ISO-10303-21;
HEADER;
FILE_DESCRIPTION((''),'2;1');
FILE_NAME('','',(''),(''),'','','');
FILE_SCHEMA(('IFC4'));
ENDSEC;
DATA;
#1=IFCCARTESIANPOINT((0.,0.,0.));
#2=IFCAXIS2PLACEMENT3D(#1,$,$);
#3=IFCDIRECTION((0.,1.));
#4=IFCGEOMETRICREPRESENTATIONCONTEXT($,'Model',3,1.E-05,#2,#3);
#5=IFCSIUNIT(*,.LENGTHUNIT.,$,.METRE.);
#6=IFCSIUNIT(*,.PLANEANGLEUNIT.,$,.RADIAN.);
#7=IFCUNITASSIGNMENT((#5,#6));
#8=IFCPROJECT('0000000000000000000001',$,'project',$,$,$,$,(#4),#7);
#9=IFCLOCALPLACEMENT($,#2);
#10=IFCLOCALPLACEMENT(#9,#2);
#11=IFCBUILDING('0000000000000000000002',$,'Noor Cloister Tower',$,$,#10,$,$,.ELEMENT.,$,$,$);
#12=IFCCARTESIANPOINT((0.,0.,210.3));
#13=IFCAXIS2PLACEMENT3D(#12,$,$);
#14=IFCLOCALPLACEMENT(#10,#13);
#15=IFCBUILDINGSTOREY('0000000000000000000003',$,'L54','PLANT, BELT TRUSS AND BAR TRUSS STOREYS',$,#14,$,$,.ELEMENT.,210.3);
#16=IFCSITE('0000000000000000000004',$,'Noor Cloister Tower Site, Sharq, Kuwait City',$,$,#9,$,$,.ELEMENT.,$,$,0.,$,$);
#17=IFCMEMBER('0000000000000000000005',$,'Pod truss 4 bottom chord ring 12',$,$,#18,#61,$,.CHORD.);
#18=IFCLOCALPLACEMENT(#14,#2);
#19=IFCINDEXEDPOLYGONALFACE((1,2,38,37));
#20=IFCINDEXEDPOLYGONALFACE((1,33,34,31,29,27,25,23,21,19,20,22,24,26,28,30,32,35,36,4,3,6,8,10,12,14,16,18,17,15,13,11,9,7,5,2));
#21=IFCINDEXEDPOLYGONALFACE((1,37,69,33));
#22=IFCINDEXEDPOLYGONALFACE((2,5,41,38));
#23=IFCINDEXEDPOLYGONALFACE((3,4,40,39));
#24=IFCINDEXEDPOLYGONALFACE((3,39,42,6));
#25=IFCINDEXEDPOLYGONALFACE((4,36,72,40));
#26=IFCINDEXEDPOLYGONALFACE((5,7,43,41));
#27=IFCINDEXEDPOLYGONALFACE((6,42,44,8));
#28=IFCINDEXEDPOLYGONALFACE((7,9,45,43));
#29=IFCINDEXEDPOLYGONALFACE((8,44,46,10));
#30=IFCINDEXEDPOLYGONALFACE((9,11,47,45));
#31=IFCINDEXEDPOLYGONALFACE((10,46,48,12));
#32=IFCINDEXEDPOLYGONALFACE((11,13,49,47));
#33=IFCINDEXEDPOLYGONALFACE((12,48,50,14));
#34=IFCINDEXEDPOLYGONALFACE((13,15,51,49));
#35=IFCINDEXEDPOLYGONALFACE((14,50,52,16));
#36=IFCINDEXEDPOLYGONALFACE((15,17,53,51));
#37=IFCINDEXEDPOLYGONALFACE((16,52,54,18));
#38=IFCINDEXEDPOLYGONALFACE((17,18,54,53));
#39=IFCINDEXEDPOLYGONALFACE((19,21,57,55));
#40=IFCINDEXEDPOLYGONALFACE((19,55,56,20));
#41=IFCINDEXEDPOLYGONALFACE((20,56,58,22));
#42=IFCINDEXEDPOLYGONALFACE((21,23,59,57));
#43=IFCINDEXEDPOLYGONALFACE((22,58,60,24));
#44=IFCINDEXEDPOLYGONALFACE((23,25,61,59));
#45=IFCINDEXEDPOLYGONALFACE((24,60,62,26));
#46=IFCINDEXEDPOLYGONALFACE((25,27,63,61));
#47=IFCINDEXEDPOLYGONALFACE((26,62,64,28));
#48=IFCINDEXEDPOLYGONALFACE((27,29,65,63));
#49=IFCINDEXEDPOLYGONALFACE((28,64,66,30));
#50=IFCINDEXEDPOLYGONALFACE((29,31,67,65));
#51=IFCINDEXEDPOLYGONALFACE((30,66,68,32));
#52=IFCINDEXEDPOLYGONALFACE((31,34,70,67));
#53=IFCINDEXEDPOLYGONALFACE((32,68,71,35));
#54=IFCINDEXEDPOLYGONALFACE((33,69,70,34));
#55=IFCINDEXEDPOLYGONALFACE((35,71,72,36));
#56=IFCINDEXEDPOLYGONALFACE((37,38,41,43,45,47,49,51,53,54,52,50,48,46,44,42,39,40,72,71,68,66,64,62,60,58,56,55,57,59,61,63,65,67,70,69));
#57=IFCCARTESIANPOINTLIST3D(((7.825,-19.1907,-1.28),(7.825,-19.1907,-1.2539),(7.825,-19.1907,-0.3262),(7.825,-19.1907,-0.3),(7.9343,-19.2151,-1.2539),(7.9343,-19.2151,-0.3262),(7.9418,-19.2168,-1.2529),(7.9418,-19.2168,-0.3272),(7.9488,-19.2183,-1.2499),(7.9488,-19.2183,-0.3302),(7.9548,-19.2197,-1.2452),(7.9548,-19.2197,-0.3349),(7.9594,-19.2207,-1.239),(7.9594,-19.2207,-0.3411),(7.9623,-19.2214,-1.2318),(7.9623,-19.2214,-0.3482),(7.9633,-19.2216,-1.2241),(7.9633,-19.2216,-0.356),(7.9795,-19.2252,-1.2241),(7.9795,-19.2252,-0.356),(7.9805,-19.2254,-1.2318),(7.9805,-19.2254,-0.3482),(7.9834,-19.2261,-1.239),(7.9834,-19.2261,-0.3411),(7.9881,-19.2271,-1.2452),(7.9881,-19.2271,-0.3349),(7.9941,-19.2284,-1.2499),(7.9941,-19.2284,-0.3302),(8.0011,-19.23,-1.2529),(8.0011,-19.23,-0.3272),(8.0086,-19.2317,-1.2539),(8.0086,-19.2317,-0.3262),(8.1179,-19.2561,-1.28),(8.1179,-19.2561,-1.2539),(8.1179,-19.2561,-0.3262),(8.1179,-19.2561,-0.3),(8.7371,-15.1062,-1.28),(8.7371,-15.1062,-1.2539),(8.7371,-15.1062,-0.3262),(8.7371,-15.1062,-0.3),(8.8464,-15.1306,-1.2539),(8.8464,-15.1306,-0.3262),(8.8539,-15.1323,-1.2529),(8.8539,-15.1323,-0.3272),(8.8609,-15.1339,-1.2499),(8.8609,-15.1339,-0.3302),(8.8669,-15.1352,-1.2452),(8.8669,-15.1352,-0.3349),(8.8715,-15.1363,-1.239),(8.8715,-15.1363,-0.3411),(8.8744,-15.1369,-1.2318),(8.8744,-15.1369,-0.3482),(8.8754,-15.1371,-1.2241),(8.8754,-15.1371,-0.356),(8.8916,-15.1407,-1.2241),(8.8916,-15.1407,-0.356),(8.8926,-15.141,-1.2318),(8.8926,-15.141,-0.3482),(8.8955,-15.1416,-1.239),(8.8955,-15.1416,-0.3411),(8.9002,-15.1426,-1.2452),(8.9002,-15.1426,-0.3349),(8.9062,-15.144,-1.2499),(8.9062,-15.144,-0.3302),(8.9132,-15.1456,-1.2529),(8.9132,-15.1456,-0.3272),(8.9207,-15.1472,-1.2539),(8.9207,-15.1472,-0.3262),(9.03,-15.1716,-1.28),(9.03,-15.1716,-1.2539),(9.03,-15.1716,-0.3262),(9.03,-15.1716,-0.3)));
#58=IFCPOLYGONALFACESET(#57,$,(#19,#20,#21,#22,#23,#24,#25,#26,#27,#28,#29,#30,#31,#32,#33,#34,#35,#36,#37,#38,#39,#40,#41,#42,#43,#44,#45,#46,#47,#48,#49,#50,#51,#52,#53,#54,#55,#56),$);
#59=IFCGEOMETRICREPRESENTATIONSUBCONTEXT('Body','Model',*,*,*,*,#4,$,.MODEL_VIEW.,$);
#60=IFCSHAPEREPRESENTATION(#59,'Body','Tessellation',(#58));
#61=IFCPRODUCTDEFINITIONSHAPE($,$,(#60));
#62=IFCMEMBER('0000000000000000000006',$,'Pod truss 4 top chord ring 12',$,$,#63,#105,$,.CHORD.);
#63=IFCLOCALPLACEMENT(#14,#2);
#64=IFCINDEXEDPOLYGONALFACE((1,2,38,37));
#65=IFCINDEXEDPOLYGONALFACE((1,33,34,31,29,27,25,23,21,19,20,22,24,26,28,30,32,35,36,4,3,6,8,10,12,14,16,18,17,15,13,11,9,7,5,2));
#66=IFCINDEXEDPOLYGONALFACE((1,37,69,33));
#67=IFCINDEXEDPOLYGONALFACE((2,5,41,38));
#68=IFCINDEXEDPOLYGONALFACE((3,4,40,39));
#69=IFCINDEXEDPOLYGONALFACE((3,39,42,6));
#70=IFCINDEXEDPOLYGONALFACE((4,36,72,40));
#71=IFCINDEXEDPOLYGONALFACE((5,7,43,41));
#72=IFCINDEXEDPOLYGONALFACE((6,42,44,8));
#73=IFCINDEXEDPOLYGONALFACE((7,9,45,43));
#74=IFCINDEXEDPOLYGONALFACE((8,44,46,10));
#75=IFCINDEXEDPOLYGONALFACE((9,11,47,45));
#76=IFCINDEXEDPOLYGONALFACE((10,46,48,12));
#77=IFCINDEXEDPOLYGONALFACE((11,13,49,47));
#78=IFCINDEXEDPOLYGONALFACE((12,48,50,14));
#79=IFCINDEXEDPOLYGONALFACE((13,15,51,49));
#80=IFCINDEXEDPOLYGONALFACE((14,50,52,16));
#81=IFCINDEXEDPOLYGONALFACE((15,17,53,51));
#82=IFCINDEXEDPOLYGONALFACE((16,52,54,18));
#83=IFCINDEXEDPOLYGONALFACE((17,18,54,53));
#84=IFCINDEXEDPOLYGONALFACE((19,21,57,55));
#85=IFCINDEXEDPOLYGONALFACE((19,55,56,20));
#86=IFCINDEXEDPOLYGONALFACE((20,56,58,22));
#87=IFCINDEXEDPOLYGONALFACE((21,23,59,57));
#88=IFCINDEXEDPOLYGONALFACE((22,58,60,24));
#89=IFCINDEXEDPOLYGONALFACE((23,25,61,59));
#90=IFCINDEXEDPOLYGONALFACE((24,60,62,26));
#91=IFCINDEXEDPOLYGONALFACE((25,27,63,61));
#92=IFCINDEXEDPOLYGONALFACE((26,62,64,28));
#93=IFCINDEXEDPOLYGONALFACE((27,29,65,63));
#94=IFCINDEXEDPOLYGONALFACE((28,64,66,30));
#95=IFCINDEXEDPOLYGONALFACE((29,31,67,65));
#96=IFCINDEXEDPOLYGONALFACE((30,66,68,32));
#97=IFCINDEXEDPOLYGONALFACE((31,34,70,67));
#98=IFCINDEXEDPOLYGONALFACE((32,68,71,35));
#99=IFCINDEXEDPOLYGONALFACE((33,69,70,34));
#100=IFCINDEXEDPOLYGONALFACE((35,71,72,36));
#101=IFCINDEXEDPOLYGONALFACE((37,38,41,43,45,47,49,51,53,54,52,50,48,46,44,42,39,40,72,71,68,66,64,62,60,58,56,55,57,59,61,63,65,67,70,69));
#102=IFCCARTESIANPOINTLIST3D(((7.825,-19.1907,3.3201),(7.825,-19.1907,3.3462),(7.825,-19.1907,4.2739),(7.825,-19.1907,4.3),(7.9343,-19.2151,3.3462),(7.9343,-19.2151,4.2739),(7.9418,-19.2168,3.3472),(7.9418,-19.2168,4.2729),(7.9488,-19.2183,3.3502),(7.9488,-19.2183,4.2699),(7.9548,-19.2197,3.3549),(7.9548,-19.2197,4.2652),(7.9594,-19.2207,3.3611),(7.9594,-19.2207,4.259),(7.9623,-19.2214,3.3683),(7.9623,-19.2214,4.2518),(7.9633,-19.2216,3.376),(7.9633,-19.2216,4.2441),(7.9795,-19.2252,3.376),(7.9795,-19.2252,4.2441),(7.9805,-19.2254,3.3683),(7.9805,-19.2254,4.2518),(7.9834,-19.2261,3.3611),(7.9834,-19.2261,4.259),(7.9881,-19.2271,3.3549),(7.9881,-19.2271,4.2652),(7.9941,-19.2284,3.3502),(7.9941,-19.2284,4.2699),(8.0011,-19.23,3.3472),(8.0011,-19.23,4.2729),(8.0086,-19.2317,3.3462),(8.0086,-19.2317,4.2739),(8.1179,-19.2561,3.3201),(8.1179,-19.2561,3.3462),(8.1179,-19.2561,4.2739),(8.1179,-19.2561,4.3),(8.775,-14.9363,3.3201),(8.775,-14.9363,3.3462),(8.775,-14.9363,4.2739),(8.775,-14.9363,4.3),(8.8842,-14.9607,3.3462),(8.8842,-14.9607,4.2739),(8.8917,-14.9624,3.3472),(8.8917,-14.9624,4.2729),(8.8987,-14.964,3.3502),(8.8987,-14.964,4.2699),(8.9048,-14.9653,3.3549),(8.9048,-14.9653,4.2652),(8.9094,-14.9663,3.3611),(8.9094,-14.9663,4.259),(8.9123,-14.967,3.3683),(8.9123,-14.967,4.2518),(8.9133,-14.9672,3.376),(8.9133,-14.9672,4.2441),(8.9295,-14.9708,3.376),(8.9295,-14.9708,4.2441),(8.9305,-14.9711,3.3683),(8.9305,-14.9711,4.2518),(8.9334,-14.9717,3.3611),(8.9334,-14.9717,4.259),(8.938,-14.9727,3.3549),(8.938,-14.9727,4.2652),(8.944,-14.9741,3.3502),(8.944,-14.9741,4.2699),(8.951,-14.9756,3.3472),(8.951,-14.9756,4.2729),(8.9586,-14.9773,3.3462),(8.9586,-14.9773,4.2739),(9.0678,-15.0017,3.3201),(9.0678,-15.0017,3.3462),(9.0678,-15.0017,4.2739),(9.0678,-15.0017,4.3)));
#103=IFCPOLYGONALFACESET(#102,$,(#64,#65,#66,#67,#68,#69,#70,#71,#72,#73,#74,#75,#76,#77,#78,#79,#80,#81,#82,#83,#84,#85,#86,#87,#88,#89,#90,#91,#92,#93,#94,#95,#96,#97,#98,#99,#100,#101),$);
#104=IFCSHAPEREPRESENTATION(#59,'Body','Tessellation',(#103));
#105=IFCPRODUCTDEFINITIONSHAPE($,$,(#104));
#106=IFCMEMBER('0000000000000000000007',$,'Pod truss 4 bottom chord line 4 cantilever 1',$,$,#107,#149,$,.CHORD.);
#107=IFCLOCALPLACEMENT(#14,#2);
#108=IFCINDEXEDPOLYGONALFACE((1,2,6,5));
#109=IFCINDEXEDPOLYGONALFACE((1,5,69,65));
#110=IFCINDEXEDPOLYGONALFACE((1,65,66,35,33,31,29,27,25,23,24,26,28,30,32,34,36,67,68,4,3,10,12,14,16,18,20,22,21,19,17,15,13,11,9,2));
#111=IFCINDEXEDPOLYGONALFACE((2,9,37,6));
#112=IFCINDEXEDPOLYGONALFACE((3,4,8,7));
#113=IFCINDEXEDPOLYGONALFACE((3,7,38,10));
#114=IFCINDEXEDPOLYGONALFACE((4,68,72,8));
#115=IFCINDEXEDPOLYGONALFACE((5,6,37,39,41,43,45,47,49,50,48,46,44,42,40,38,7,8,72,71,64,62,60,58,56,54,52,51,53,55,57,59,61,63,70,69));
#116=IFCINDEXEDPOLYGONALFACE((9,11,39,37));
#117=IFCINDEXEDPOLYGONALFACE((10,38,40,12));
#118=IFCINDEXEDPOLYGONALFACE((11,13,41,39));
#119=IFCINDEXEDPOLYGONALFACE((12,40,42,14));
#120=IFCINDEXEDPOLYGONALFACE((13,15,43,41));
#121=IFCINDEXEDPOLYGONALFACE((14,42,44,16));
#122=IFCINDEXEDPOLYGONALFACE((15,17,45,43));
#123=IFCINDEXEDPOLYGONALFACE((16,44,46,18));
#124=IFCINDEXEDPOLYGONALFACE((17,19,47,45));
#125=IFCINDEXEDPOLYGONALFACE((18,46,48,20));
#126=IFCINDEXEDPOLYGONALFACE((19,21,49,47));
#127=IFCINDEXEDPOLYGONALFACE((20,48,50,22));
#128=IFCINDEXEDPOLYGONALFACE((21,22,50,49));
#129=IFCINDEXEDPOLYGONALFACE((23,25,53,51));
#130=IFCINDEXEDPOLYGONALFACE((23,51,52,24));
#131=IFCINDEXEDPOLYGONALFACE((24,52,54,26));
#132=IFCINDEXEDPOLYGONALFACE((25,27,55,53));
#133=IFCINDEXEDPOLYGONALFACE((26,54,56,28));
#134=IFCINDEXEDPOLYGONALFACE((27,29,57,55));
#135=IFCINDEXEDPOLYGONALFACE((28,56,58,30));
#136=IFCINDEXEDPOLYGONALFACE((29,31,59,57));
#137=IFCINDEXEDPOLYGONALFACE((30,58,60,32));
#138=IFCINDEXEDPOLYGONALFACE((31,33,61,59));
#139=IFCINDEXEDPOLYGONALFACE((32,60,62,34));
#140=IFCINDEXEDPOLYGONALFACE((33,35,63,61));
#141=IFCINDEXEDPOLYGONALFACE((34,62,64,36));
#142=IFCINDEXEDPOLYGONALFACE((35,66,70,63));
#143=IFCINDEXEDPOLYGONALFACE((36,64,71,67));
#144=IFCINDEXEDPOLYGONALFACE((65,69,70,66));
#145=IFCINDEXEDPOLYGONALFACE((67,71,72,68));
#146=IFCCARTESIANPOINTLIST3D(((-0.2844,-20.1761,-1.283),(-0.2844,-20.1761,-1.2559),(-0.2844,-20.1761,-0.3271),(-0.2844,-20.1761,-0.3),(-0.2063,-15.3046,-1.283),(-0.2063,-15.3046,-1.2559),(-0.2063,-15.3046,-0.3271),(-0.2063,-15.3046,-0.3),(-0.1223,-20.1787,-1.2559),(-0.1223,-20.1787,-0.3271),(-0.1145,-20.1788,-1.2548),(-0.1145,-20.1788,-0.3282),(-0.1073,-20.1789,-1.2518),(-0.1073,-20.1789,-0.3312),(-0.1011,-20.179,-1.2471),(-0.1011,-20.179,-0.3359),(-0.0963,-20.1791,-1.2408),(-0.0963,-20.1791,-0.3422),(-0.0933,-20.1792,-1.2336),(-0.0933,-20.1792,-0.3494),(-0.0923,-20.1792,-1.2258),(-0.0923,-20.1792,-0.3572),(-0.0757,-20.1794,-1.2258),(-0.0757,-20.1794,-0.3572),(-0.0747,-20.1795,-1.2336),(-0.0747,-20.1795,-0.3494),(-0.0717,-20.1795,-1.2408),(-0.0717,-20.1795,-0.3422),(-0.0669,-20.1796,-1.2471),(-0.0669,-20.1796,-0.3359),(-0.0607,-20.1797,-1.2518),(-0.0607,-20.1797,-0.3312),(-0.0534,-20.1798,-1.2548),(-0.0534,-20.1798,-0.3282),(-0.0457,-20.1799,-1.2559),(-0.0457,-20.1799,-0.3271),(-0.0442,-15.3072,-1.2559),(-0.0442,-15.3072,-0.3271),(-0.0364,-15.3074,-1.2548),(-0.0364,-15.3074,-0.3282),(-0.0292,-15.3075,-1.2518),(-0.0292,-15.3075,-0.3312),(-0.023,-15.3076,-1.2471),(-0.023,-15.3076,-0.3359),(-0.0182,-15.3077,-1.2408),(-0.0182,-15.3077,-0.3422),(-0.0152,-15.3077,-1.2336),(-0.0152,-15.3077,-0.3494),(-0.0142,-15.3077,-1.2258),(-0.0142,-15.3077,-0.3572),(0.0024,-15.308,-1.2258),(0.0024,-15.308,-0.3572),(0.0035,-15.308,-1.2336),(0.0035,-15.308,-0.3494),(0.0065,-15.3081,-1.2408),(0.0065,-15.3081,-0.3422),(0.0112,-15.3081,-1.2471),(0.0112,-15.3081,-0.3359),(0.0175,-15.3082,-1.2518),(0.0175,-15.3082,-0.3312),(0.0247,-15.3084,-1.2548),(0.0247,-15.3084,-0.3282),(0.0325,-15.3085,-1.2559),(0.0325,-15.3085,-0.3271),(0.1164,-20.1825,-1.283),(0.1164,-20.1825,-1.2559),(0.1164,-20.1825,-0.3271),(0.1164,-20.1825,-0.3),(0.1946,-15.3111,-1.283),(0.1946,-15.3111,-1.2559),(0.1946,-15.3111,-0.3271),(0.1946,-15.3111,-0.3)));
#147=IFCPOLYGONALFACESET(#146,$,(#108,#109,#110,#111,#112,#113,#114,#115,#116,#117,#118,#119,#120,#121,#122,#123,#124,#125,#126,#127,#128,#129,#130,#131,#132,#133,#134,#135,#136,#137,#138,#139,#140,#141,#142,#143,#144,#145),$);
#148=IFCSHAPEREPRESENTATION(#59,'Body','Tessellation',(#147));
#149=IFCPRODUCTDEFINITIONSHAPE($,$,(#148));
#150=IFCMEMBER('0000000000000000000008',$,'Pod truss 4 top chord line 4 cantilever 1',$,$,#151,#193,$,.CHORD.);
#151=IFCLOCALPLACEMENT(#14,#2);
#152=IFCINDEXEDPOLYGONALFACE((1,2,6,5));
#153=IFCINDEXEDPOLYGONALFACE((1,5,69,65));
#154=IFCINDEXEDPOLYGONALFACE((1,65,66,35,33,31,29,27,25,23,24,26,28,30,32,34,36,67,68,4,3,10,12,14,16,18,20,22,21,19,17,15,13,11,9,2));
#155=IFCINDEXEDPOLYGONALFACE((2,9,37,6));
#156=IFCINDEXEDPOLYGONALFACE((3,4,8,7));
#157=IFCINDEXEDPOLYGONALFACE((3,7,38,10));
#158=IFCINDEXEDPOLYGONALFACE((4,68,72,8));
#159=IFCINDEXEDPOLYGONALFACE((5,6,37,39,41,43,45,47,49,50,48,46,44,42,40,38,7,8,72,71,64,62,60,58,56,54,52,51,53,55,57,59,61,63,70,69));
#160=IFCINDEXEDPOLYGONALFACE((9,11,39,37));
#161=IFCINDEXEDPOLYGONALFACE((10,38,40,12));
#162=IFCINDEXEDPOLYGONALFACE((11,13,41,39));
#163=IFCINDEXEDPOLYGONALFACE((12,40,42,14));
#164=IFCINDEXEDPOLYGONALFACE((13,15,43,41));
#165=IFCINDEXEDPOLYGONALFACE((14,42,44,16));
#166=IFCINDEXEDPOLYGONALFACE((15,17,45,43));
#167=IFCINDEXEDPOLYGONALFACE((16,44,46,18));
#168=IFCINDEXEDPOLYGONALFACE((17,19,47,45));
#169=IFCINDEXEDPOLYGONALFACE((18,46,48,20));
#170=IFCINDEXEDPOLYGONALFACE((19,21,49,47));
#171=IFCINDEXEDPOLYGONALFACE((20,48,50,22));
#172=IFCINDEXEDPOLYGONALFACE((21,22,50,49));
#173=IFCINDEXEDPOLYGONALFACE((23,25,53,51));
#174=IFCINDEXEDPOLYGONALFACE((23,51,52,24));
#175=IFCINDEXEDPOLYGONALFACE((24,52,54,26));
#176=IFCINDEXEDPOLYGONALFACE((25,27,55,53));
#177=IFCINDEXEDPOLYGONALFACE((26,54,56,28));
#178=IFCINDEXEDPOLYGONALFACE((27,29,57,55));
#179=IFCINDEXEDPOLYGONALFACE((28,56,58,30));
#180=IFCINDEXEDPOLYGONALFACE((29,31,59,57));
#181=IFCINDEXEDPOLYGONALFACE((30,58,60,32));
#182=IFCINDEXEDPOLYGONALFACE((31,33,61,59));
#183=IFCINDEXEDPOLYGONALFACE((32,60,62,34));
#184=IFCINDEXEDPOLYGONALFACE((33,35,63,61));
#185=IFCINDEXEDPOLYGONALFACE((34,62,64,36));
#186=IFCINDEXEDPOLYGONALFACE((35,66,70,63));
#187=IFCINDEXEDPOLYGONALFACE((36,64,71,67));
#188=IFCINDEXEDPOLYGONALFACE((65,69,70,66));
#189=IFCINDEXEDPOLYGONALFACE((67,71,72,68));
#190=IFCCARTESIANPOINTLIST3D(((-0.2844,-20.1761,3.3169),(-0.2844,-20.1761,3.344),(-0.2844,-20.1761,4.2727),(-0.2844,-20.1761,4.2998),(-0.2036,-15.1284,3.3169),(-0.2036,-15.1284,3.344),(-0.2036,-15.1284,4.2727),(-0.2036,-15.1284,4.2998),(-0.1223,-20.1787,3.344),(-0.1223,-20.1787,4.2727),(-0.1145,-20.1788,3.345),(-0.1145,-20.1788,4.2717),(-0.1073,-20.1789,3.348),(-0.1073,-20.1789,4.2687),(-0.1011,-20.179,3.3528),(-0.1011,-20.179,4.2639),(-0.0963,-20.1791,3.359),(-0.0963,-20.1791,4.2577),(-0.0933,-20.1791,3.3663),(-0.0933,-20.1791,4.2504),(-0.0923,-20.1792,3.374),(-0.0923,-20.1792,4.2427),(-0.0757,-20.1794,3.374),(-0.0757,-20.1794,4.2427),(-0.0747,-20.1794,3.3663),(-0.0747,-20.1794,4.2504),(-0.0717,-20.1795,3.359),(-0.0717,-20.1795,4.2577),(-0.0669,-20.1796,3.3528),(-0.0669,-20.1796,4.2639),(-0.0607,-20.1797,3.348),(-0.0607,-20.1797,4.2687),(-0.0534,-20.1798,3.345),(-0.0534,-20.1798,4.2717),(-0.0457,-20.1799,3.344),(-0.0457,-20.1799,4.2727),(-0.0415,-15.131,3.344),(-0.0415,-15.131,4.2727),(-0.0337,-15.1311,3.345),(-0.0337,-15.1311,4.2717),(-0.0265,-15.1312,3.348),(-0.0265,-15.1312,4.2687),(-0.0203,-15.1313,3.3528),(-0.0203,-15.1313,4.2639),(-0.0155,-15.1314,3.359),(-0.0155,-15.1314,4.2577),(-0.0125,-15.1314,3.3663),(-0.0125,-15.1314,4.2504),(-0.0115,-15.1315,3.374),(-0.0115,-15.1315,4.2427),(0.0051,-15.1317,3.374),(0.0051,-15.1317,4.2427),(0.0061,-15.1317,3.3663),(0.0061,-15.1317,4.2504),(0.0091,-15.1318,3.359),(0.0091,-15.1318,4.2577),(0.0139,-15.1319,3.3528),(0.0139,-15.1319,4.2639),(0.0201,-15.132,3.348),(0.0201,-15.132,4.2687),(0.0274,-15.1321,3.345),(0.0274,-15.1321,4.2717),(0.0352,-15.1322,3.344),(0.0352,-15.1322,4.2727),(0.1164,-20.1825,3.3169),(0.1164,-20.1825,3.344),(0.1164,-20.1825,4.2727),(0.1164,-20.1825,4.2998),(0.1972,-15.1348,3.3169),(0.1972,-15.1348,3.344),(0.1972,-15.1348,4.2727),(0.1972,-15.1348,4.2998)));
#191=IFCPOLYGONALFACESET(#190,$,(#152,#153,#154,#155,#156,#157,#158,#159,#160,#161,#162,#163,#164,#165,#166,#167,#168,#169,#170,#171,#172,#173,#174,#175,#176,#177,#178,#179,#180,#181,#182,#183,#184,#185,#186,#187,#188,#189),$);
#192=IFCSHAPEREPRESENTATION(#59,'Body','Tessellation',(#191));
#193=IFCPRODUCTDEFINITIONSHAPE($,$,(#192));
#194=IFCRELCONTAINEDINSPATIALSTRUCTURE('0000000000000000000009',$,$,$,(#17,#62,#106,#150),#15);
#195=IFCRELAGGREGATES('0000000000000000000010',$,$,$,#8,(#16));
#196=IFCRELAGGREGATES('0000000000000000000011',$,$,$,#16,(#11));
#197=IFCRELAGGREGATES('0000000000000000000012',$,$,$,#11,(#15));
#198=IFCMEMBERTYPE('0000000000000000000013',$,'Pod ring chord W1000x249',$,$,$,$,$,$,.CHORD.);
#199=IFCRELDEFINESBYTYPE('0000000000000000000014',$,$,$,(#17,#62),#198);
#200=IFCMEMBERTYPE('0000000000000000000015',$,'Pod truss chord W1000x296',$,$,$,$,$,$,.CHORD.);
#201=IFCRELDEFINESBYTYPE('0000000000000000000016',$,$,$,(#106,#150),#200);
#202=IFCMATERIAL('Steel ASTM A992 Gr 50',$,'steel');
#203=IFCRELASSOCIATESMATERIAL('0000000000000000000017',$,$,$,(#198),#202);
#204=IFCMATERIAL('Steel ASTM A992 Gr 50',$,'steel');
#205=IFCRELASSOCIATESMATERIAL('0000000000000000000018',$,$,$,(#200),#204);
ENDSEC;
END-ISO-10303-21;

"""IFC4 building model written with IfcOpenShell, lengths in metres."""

from ifc_helpers import new_model, si_unit, direction, frame, origin, origin_2d, place, context, subcontext, project, spatial, i_section, extrude, material, material_profile, profile_set, type_object, element, save


model = new_model("IFC4")

# Units and contexts
model_context = context("Model", 3, precision=1e-05, world=origin(), true_north=direction((0.0, 1.0)))
body_context = subcontext(model_context, "Body", "Model", "MODEL_VIEW")
ifc_project = project(units=[si_unit("LENGTHUNIT", "METRE"), si_unit("PLANEANGLEUNIT", "RADIAN")], contexts=[model_context])

# Site, building, storey
site_placement = place(None, origin())
site = spatial("IfcSite", under=ifc_project, at=site_placement, Name="Noor Cloister Tower Site, Sharq, Kuwait City", CompositionType="ELEMENT", RefElevation=0.0)
building_placement = place(site_placement, origin())
building = spatial("IfcBuilding", under=site, at=building_placement, Name="Noor Cloister Tower", CompositionType="ELEMENT")
storey_placement = place(building_placement, frame((0.0, 0.0, 210.3)))
storey = spatial("IfcBuildingStorey", under=building, at=storey_placement, Name="L54", Description="PLANT, BELT TRUSS AND BAR TRUSS STOREYS", CompositionType="ELEMENT", Elevation=210.3)

# Members
ifc_material_1 = material(Name="Steel ASTM A992 Gr 50", Category="steel")
ifc_material_profile_1 = material_profile(ifc_material_1, i_section(OverallWidth=0.3, OverallDepth=0.98, WebThickness=0.0166, FlangeThickness=0.0261, FilletRadius=0.0298, at=origin_2d()), Name="W1000x249")
ifc_profile_set_1 = profile_set([ifc_material_profile_1], Name="Steel ASTM A992 Gr 50")
member_type_1 = type_object("IfcMemberType", Name="Pod ring chord W1000x249", PredefinedType="CHORD", material=ifc_profile_set_1)
member_1_placement = place(storey_placement, frame((7.9714, -19.2234, -0.79), z_axis=(0.217943, 0.975961, 0.0), x_axis=(-0.975961, 0.217943, 0.0)))
element("IfcMember", 1, at=member_1_placement, inside=storey, type_object=member_type_1, Name="Pod truss 4 bottom chord ring 12", PredefinedType="CHORD", context=body_context, shape_type="SweptSolid", body=[
    extrude(i_section(OverallWidth=0.3, OverallDepth=0.98, WebThickness=0.0166, FlangeThickness=0.0261, FilletRadius=0.0298, at=origin_2d()), origin(), (0.0, 0.0, 1.0), 4.1851),
])
member_2_placement = place(storey_placement, frame((7.9714, -19.2234, 3.8101), z_axis=(0.217921, 0.975966, 0.0), x_axis=(-0.975966, 0.217921, 0.0)))
element("IfcMember", 2, at=member_2_placement, inside=storey, type_object=member_type_1, Name="Pod truss 4 top chord ring 12", PredefinedType="CHORD", context=body_context, shape_type="SweptSolid", body=[
    extrude(i_section(OverallWidth=0.3, OverallDepth=0.98, WebThickness=0.0166, FlangeThickness=0.0261, FilletRadius=0.0298, at=origin_2d()), origin(), (0.0, 0.0, 1.0), 4.3591),
])
ifc_material_2 = material(Name="Steel ASTM A992 Gr 50", Category="steel")
ifc_material_profile_2 = material_profile(ifc_material_2, i_section(OverallWidth=0.4009, OverallDepth=0.9829, WebThickness=0.0166, FlangeThickness=0.0271, FilletRadius=0.03, at=origin_2d()), Name="W1000x296")
ifc_profile_set_2 = profile_set([ifc_material_profile_2], Name="Steel ASTM A992 Gr 50")
member_type_2 = type_object("IfcMemberType", Name="Pod truss chord W1000x296", PredefinedType="CHORD", material=ifc_profile_set_2)
member_3_placement = place(storey_placement, frame((-0.0059, -15.3079, -0.7915), z_axis=(-0.016036, -0.999871, 0.0), x_axis=(0.999871, -0.016036, 0.0)))
element("IfcMember", 3, at=member_3_placement, inside=storey, type_object=member_type_2, Name="Pod truss 4 bottom chord line 4 cantilever 1", PredefinedType="CHORD", context=body_context, shape_type="SweptSolid", body=[
    extrude(i_section(OverallWidth=0.4009, OverallDepth=0.9829, WebThickness=0.0166, FlangeThickness=0.0271, FilletRadius=0.03, at=origin_2d()), origin(), (0.0, 0.0, 1.0), 4.8721),
])
member_4_placement = place(storey_placement, frame((-0.0032, -15.1316, 3.8083), z_axis=(-0.016008, -0.999872, 0.0), x_axis=(0.999872, -0.016008, 0.0)))
element("IfcMember", 4, at=member_4_placement, inside=storey, type_object=member_type_2, Name="Pod truss 4 top chord line 4 cantilever 1", PredefinedType="CHORD", context=body_context, shape_type="SweptSolid", body=[
    extrude(i_section(OverallWidth=0.4009, OverallDepth=0.9829, WebThickness=0.0166, FlangeThickness=0.0271, FilletRadius=0.03, at=origin_2d()), origin(), (0.0, 0.0, 1.0), 5.0483),
])

save(model, "model.ifc")
